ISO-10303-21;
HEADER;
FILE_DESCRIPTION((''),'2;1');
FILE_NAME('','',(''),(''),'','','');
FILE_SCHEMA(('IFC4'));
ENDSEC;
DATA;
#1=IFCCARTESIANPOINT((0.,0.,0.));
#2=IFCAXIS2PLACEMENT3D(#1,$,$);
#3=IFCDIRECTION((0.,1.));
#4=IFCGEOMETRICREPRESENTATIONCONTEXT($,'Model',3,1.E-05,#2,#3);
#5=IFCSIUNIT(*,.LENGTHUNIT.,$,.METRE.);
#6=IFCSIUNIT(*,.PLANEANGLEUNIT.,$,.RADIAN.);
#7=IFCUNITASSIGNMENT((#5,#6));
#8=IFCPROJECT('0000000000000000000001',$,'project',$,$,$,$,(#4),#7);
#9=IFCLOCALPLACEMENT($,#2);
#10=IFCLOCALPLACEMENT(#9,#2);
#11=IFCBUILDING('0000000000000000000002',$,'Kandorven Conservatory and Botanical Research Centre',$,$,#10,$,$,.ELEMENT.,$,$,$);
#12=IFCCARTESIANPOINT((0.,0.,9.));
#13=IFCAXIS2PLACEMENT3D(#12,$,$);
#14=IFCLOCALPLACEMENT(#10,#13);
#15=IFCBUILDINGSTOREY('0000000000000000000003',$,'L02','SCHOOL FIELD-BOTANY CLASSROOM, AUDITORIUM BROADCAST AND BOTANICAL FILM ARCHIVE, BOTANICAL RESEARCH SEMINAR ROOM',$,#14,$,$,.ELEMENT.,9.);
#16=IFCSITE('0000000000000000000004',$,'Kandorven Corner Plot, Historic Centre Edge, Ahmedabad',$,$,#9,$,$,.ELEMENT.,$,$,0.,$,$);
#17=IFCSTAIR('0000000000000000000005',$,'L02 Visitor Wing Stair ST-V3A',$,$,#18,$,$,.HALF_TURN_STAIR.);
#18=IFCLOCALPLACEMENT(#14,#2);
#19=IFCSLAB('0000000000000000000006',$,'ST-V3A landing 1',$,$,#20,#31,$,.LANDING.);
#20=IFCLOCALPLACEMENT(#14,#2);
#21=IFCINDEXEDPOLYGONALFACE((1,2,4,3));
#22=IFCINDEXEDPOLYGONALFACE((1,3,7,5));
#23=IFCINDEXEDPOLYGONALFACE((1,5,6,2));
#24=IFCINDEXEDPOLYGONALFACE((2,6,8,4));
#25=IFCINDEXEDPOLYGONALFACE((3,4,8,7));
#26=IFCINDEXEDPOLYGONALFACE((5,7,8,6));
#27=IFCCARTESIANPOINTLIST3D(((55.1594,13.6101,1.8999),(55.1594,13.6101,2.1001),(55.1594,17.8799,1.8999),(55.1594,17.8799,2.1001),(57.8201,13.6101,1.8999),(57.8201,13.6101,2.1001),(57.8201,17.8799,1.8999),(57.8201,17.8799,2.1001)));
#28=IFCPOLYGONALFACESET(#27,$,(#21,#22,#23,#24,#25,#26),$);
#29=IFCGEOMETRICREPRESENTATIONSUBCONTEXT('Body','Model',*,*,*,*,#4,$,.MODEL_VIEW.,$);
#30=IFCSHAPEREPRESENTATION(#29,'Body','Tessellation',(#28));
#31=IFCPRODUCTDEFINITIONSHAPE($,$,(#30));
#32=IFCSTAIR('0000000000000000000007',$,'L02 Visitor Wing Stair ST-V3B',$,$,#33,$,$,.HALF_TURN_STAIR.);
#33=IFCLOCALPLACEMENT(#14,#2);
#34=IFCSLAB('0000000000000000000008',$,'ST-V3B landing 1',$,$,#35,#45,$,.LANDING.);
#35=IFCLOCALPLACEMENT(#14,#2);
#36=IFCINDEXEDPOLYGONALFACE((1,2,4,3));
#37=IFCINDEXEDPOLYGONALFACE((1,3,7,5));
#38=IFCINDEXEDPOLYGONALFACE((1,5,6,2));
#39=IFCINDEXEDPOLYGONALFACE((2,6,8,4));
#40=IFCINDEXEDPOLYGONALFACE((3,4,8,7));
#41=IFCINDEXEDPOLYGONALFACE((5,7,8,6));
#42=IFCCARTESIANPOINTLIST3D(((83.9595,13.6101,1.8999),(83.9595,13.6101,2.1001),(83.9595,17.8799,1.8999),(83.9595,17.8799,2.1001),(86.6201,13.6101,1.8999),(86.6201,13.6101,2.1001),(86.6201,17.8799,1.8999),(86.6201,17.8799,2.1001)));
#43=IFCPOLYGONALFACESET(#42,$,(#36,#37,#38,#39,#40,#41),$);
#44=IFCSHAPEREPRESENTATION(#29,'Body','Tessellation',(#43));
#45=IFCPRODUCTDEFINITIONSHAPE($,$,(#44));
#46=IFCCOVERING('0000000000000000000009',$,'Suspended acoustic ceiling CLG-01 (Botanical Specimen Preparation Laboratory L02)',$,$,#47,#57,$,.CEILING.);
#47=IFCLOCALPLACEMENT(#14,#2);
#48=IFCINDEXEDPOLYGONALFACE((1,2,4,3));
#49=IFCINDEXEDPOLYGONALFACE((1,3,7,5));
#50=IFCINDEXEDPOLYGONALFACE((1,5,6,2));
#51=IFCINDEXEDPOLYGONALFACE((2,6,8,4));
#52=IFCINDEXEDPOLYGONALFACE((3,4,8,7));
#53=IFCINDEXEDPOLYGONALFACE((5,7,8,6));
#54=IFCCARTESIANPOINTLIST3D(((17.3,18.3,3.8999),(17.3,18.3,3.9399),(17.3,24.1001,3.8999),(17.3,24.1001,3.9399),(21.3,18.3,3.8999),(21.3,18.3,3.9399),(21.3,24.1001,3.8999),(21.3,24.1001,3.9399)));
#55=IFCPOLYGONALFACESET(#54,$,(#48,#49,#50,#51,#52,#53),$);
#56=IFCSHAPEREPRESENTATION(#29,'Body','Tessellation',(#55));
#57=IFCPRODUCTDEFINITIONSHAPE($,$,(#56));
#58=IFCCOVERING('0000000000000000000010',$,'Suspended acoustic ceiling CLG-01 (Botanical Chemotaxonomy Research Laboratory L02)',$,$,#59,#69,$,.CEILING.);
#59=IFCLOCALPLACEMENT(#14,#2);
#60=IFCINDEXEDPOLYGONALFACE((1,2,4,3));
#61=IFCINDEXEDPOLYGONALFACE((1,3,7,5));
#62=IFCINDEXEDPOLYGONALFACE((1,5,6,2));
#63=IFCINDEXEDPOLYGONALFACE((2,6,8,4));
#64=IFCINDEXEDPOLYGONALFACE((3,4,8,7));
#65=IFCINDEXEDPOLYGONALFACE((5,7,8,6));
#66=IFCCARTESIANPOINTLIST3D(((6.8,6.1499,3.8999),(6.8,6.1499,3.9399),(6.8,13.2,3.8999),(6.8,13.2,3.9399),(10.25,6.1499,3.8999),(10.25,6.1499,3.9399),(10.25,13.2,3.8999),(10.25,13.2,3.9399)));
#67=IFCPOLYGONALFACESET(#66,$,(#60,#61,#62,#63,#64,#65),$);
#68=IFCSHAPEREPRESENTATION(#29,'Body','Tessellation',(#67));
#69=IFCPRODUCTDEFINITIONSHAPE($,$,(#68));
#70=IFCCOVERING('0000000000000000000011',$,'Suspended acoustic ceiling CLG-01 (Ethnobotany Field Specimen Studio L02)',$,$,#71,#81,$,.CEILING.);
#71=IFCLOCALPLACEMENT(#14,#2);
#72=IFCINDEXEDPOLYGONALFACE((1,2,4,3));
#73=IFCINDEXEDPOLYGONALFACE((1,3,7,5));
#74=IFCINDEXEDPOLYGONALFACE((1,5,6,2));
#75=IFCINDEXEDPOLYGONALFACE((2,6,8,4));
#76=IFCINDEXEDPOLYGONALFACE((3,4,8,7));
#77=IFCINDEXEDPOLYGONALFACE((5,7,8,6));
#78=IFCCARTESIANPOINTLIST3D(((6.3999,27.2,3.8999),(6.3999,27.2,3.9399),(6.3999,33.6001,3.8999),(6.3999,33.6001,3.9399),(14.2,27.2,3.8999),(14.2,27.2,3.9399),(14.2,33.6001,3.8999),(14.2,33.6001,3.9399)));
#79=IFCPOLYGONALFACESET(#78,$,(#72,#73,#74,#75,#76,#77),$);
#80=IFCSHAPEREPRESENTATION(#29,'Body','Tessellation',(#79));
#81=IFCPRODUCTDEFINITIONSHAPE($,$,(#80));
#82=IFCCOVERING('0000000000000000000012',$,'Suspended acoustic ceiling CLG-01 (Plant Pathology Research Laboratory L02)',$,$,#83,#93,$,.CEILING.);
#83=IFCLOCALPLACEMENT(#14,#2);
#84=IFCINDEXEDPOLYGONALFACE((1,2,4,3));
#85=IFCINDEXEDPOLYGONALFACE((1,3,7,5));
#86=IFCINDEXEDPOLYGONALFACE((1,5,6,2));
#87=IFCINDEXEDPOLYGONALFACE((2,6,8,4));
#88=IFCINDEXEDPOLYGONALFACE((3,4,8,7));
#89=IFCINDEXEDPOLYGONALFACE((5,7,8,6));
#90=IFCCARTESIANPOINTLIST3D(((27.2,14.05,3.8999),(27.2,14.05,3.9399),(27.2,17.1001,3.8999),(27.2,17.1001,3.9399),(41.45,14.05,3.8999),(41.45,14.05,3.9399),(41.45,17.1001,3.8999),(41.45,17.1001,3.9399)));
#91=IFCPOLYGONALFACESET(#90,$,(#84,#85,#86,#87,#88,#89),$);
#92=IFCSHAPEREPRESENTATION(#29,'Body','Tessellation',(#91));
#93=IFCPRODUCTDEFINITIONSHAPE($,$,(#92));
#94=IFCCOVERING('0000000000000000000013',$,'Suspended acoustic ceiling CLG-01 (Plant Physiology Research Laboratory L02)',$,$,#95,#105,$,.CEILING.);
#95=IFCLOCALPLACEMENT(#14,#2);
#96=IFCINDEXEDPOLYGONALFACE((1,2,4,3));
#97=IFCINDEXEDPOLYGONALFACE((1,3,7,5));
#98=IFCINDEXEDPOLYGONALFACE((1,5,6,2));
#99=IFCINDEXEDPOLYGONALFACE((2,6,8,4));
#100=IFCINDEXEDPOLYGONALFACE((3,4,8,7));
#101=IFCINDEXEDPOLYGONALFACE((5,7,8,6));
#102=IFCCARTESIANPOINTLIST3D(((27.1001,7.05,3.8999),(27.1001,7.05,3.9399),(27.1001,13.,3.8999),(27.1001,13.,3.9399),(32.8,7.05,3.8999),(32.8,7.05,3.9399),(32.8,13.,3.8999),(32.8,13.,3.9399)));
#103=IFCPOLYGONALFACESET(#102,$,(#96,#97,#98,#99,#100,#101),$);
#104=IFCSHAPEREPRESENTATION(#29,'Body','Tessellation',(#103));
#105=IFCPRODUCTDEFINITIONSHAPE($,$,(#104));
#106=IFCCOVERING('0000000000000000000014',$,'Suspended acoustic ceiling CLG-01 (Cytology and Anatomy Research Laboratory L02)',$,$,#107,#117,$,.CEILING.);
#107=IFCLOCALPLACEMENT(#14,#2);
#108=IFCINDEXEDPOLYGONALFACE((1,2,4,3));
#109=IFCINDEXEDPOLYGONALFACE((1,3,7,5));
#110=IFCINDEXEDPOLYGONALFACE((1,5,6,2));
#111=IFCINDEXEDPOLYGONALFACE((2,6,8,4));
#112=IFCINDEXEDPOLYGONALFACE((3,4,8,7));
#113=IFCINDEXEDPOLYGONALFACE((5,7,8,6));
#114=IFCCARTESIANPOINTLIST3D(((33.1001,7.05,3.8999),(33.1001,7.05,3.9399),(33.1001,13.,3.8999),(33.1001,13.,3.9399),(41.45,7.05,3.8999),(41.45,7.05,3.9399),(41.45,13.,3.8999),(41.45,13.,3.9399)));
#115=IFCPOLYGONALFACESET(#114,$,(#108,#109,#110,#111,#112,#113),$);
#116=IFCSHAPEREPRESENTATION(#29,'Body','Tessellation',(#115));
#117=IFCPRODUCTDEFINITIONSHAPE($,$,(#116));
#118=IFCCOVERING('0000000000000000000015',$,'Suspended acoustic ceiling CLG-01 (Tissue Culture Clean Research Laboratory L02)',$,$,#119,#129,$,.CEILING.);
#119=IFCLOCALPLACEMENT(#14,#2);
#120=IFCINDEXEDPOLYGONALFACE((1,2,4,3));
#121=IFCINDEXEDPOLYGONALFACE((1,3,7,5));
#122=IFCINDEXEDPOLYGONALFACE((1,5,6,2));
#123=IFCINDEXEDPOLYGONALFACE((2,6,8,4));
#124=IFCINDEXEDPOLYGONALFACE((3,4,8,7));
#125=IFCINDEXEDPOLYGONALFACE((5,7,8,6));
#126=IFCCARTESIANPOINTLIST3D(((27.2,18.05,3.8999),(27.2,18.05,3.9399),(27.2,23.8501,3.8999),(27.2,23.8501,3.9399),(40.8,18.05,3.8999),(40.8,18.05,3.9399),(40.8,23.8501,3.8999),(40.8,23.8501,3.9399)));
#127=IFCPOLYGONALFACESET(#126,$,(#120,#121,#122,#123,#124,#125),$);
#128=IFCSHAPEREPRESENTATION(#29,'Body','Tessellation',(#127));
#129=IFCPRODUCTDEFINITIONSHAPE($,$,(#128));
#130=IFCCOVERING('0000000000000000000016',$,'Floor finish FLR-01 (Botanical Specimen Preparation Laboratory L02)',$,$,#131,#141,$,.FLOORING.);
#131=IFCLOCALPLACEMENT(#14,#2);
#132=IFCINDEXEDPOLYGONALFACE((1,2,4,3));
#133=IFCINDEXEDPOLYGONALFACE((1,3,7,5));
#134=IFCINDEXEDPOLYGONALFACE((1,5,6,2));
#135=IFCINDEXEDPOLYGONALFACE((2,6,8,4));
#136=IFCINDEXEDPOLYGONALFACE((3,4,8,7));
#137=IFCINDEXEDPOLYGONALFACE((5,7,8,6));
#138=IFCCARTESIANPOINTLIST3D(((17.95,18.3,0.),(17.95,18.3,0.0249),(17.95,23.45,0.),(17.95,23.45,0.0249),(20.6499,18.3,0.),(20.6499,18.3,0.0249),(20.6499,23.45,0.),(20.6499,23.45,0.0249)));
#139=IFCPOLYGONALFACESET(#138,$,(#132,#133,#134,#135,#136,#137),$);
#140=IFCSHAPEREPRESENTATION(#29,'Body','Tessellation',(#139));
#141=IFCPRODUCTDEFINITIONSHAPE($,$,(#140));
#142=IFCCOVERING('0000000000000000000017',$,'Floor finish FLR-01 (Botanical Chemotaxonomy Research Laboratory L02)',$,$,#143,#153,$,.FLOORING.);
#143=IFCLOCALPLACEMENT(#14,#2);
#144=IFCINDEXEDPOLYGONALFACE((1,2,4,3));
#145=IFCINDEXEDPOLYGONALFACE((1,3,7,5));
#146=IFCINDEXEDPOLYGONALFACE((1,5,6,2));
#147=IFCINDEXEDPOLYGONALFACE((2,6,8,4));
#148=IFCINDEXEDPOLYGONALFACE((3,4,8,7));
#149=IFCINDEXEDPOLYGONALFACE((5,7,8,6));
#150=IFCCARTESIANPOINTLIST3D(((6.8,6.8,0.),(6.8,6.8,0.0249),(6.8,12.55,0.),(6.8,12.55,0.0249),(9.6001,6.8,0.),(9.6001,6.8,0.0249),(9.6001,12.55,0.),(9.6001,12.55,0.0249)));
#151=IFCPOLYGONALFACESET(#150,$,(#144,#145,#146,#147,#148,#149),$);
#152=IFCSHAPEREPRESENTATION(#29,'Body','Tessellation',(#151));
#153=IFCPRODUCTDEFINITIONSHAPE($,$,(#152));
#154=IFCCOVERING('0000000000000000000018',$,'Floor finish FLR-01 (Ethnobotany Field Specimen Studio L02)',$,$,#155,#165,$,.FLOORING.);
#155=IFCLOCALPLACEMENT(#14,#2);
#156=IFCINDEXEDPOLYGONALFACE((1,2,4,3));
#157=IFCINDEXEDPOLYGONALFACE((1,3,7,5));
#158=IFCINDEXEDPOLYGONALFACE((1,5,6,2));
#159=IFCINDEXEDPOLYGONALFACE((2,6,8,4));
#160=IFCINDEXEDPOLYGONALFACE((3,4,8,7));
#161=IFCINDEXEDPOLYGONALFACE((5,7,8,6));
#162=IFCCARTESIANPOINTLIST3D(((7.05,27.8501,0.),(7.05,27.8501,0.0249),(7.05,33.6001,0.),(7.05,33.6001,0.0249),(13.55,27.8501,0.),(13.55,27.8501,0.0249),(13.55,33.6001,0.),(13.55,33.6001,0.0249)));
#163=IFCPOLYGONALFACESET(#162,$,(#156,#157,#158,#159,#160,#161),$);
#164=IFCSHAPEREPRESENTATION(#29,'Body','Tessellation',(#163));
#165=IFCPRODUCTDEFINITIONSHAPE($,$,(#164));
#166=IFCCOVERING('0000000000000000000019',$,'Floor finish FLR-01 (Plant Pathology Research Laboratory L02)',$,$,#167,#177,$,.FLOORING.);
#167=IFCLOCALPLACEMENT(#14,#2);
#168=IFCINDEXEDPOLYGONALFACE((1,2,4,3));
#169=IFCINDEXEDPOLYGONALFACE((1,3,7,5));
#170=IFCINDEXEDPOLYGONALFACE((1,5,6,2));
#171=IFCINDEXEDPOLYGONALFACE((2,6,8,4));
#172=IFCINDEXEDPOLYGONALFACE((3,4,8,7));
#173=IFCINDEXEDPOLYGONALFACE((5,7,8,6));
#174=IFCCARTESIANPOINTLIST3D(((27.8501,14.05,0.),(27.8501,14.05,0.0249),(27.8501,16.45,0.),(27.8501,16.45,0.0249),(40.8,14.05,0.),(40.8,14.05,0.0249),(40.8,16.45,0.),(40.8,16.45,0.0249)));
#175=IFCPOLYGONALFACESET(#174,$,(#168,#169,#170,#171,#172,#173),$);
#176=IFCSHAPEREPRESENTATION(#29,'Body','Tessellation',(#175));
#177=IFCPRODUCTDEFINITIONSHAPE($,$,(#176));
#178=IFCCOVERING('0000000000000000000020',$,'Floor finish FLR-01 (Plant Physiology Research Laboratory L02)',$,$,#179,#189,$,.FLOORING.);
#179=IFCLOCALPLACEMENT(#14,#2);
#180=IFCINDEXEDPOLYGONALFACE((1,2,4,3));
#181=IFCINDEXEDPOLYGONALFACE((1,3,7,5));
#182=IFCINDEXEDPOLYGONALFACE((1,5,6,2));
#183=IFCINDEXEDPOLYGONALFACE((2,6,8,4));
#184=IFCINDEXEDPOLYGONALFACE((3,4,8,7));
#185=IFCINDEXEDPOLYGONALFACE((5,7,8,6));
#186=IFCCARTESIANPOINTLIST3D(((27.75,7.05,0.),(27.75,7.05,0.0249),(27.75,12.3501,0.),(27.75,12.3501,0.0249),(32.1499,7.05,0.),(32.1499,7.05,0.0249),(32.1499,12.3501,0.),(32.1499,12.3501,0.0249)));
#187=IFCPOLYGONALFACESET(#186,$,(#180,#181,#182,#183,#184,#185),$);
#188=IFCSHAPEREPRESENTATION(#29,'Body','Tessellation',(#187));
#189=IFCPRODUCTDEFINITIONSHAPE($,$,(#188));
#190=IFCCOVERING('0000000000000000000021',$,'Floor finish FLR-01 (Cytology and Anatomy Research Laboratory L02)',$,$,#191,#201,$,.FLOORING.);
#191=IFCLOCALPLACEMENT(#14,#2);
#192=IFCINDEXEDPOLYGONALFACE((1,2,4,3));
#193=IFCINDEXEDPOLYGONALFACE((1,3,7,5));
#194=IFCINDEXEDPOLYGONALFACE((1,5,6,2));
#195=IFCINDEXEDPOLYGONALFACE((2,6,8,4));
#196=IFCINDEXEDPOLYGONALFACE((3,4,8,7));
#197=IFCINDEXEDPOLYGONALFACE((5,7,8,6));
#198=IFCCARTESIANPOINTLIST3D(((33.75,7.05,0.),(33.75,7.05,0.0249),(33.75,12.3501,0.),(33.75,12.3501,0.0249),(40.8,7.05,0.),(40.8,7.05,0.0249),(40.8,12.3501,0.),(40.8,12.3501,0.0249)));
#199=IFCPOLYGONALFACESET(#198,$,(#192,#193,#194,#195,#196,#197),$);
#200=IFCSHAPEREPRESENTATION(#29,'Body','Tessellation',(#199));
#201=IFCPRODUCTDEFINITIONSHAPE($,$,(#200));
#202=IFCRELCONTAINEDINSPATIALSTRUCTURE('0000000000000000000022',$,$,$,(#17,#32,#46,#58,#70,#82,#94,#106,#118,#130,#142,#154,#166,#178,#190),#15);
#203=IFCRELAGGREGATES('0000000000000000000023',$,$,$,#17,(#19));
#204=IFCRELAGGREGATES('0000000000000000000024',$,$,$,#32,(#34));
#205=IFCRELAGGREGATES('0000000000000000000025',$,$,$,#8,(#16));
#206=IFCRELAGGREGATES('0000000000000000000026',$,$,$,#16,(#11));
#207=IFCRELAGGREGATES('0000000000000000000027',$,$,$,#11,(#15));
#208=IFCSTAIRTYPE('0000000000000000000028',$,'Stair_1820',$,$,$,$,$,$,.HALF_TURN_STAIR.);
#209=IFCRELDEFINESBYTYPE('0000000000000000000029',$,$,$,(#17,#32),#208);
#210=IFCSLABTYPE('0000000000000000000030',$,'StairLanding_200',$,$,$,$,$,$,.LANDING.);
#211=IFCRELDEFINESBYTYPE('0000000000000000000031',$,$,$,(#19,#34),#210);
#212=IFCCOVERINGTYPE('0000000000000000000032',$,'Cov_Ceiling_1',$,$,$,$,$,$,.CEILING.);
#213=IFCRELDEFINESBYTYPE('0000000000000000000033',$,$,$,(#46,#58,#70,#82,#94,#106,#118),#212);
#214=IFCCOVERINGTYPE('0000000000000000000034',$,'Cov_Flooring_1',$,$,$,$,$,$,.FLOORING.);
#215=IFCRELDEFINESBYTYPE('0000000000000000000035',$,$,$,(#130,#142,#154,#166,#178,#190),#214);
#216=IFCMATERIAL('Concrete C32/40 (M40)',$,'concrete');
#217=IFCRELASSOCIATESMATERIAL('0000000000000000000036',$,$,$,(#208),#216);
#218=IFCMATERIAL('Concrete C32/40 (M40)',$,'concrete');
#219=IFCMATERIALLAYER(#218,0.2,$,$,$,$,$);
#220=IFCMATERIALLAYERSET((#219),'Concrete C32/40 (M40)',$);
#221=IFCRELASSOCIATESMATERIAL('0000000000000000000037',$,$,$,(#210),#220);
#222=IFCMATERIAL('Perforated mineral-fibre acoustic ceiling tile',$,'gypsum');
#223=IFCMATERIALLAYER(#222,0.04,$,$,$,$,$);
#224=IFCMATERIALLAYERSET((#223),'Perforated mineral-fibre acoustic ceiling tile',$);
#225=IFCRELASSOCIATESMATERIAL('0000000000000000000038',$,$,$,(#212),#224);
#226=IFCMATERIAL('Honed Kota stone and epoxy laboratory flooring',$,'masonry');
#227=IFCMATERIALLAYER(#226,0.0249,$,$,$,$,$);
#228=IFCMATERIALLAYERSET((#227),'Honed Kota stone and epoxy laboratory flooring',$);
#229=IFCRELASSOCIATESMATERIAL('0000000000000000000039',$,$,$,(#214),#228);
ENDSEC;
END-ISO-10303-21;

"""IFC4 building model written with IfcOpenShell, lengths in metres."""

from ifc_helpers import new_model, si_unit, direction, frame, origin, place, context, subcontext, project, spatial, polyline, outline, extrude, material, layer, layer_set, type_object, element, aggregate, save


model = new_model("IFC4")

# Units and contexts
model_context = context("Model", 3, precision=1e-05, world=origin(), true_north=direction((0.0, 1.0)))
body_context = subcontext(model_context, "Body", "Model", "MODEL_VIEW")
ifc_project = project(units=[si_unit("LENGTHUNIT", "METRE"), si_unit("PLANEANGLEUNIT", "RADIAN")], contexts=[model_context])

# Site, building, storey
site_placement = place(None, origin())
site = spatial("IfcSite", under=ifc_project, at=site_placement, Name="Kandorven Corner Plot, Historic Centre Edge, Ahmedabad", CompositionType="ELEMENT", RefElevation=0.0)
building_placement = place(site_placement, origin())
building = spatial("IfcBuilding", under=site, at=building_placement, Name="Kandorven Conservatory and Botanical Research Centre", CompositionType="ELEMENT")
storey_placement = place(building_placement, frame((0.0, 0.0, 9.0)))
storey = spatial("IfcBuildingStorey", under=building, at=storey_placement, Name="L02", Description="SCHOOL FIELD-BOTANY CLASSROOM, AUDITORIUM BROADCAST AND BOTANICAL FILM ARCHIVE, BOTANICAL RESEARCH SEMINAR ROOM", CompositionType="ELEMENT", Elevation=9.0)

# Stairs, slabs
ifc_material_1 = material(Name="Concrete C32/40 (M40)", Category="concrete")
stair_type = type_object("IfcStairType", Name="Stair_1820", PredefinedType="HALF_TURN_STAIR", material=ifc_material_1)
ifc_material_2 = material(Name="Concrete C32/40 (M40)", Category="concrete")
ifc_layer_1 = layer(ifc_material_2, 0.2)
ifc_layer_set_1 = layer_set([ifc_layer_1], Name="Concrete C32/40 (M40)")
slab_type_1 = type_object("IfcSlabType", Name="StairLanding_200", PredefinedType="LANDING", material=ifc_layer_set_1)
stair_1_placement = place(storey_placement, origin())
stair_1 = element("IfcStair", 1, at=stair_1_placement, inside=storey, type_object=stair_type, Name="L02 Visitor Wing Stair ST-V3A", PredefinedType="HALF_TURN_STAIR")
slab_1_placement = place(storey_placement, frame((0.0, 0.0, 1.8999)))
slab_1 = element("IfcSlab", 2, at=slab_1_placement, type_object=slab_type_1, Name="ST-V3A landing 1", PredefinedType="LANDING", context=body_context, shape_type="SweptSolid", body=[
    extrude(outline(polyline([(55.1594, 13.6101), (57.8201, 13.6101), (57.8201, 17.8799), (55.1594, 17.8799), (55.1594, 13.6101)])), origin(), (0.0, 0.0, 1.0), 0.2002),
])
aggregate(stair_1, [slab_1])
stair_2_placement = place(storey_placement, origin())
stair_2 = element("IfcStair", 3, at=stair_2_placement, inside=storey, type_object=stair_type, Name="L02 Visitor Wing Stair ST-V3B", PredefinedType="HALF_TURN_STAIR")
slab_2_placement = place(storey_placement, frame((0.0, 0.0, 1.8999)))
slab_2 = element("IfcSlab", 4, at=slab_2_placement, type_object=slab_type_1, Name="ST-V3B landing 1", PredefinedType="LANDING", context=body_context, shape_type="SweptSolid", body=[
    extrude(outline(polyline([(83.9595, 13.6101), (86.6201, 13.6101), (86.6201, 17.8799), (83.9595, 17.8799), (83.9595, 13.6101)])), origin(), (0.0, 0.0, 1.0), 0.2002),
])
aggregate(stair_2, [slab_2])

# Coverings
ifc_material_3 = material(Name="Perforated mineral-fibre acoustic ceiling tile", Category="gypsum")
ifc_layer_2 = layer(ifc_material_3, 0.04)
ifc_layer_set_2 = layer_set([ifc_layer_2], Name="Perforated mineral-fibre acoustic ceiling tile")
covering_type_1 = type_object("IfcCoveringType", Name="Cov_Ceiling_1", PredefinedType="CEILING", material=ifc_layer_set_2)
covering_1_placement = place(storey_placement, frame((0.0, 0.0, 3.8999)))
element("IfcCovering", 5, at=covering_1_placement, inside=storey, type_object=covering_type_1, Name="Suspended acoustic ceiling CLG-01 (Botanical Specimen Preparation Laboratory L02)", PredefinedType="CEILING", context=body_context, shape_type="SweptSolid", body=[
    extrude(outline(polyline([(17.3, 18.3), (21.3, 18.3), (21.3, 24.1001), (17.3, 24.1001), (17.3, 18.3)])), origin(), (0.0, 0.0, 1.0), 0.04),
])
covering_2_placement = place(storey_placement, frame((0.0, 0.0, 3.8999)))
element("IfcCovering", 6, at=covering_2_placement, inside=storey, type_object=covering_type_1, Name="Suspended acoustic ceiling CLG-01 (Botanical Chemotaxonomy Research Laboratory L02)", PredefinedType="CEILING", context=body_context, shape_type="SweptSolid", body=[
    extrude(outline(polyline([(6.8, 6.1499), (10.25, 6.1499), (10.25, 13.2), (6.8, 13.2), (6.8, 6.1499)])), origin(), (0.0, 0.0, 1.0), 0.04),
])
covering_3_placement = place(storey_placement, frame((0.0, 0.0, 3.8999)))
element("IfcCovering", 7, at=covering_3_placement, inside=storey, type_object=covering_type_1, Name="Suspended acoustic ceiling CLG-01 (Ethnobotany Field Specimen Studio L02)", PredefinedType="CEILING", context=body_context, shape_type="SweptSolid", body=[
    extrude(outline(polyline([(6.3999, 27.2), (14.2, 27.2), (14.2, 33.6001), (6.3999, 33.6001), (6.3999, 27.2)])), origin(), (0.0, 0.0, 1.0), 0.04),
])
covering_4_placement = place(storey_placement, frame((0.0, 0.0, 3.8999)))
element("IfcCovering", 8, at=covering_4_placement, inside=storey, type_object=covering_type_1, Name="Suspended acoustic ceiling CLG-01 (Plant Pathology Research Laboratory L02)", PredefinedType="CEILING", context=body_context, shape_type="SweptSolid", body=[
    extrude(outline(polyline([(27.2, 14.05), (41.45, 14.05), (41.45, 17.1001), (27.2, 17.1001), (27.2, 14.05)])), origin(), (0.0, 0.0, 1.0), 0.04),
])
covering_5_placement = place(storey_placement, frame((0.0, 0.0, 3.8999)))
element("IfcCovering", 9, at=covering_5_placement, inside=storey, type_object=covering_type_1, Name="Suspended acoustic ceiling CLG-01 (Plant Physiology Research Laboratory L02)", PredefinedType="CEILING", context=body_context, shape_type="SweptSolid", body=[
    extrude(outline(polyline([(27.1001, 7.05), (32.8, 7.05), (32.8, 13.0), (27.1001, 13.0), (27.1001, 7.05)])), origin(), (0.0, 0.0, 1.0), 0.04),
])
covering_6_placement = place(storey_placement, frame((0.0, 0.0, 3.8999)))
element("IfcCovering", 10, at=covering_6_placement, inside=storey, type_object=covering_type_1, Name="Suspended acoustic ceiling CLG-01 (Cytology and Anatomy Research Laboratory L02)", PredefinedType="CEILING", context=body_context, shape_type="SweptSolid", body=[
    extrude(outline(polyline([(33.1001, 7.05), (41.45, 7.05), (41.45, 13.0), (33.1001, 13.0), (33.1001, 7.05)])), origin(), (0.0, 0.0, 1.0), 0.04),
])
covering_7_placement = place(storey_placement, frame((0.0, 0.0, 3.8999)))
element("IfcCovering", 11, at=covering_7_placement, inside=storey, type_object=covering_type_1, Name="Suspended acoustic ceiling CLG-01 (Tissue Culture Clean Research Laboratory L02)", PredefinedType="CEILING", context=body_context, shape_type="SweptSolid", body=[
    extrude(outline(polyline([(27.2, 18.05), (40.8, 18.05), (40.8, 23.8501), (27.2, 23.8501), (27.2, 18.05)])), origin(), (0.0, 0.0, 1.0), 0.04),
])
ifc_material_4 = material(Name="Honed Kota stone and epoxy laboratory flooring", Category="masonry")
ifc_layer_3 = layer(ifc_material_4, 0.0249)
ifc_layer_set_3 = layer_set([ifc_layer_3], Name="Honed Kota stone and epoxy laboratory flooring")
covering_type_2 = type_object("IfcCoveringType", Name="Cov_Flooring_1", PredefinedType="FLOORING", material=ifc_layer_set_3)
covering_8_placement = place(storey_placement, origin())
element("IfcCovering", 12, at=covering_8_placement, inside=storey, type_object=covering_type_2, Name="Floor finish FLR-01 (Botanical Specimen Preparation Laboratory L02)", PredefinedType="FLOORING", context=body_context, shape_type="SweptSolid", body=[
    extrude(outline(polyline([(17.95, 18.3), (20.6499, 18.3), (20.6499, 23.45), (17.95, 23.45), (17.95, 18.3)])), origin(), (0.0, 0.0, 1.0), 0.0249),
])
covering_9_placement = place(storey_placement, origin())
element("IfcCovering", 13, at=covering_9_placement, inside=storey, type_object=covering_type_2, Name="Floor finish FLR-01 (Botanical Chemotaxonomy Research Laboratory L02)", PredefinedType="FLOORING", context=body_context, shape_type="SweptSolid", body=[
    extrude(outline(polyline([(6.8, 6.8), (9.6001, 6.8), (9.6001, 12.55), (6.8, 12.55), (6.8, 6.8)])), origin(), (0.0, 0.0, 1.0), 0.0249),
])
covering_10_placement = place(storey_placement, origin())
element("IfcCovering", 14, at=covering_10_placement, inside=storey, type_object=covering_type_2, Name="Floor finish FLR-01 (Ethnobotany Field Specimen Studio L02)", PredefinedType="FLOORING", context=body_context, shape_type="SweptSolid", body=[
    extrude(outline(polyline([(7.05, 27.8501), (13.55, 27.8501), (13.55, 33.6001), (7.05, 33.6001), (7.05, 27.8501)])), origin(), (0.0, 0.0, 1.0), 0.0249),
])
covering_11_placement = place(storey_placement, origin())
element("IfcCovering", 15, at=covering_11_placement, inside=storey, type_object=covering_type_2, Name="Floor finish FLR-01 (Plant Pathology Research Laboratory L02)", PredefinedType="FLOORING", context=body_context, shape_type="SweptSolid", body=[
    extrude(outline(polyline([(27.8501, 14.05), (40.8, 14.05), (40.8, 16.45), (27.8501, 16.45), (27.8501, 14.05)])), origin(), (0.0, 0.0, 1.0), 0.0249),
])
covering_12_placement = place(storey_placement, origin())
element("IfcCovering", 16, at=covering_12_placement, inside=storey, type_object=covering_type_2, Name="Floor finish FLR-01 (Plant Physiology Research Laboratory L02)", PredefinedType="FLOORING", context=body_context, shape_type="SweptSolid", body=[
    extrude(outline(polyline([(27.75, 7.05), (32.1499, 7.05), (32.1499, 12.3501), (27.75, 12.3501), (27.75, 7.05)])), origin(), (0.0, 0.0, 1.0), 0.0249),
])
covering_13_placement = place(storey_placement, origin())
element("IfcCovering", 17, at=covering_13_placement, inside=storey, type_object=covering_type_2, Name="Floor finish FLR-01 (Cytology and Anatomy Research Laboratory L02)", PredefinedType="FLOORING", context=body_context, shape_type="SweptSolid", body=[
    extrude(outline(polyline([(33.75, 7.05), (40.8, 7.05), (40.8, 12.3501), (33.75, 12.3501), (33.75, 7.05)])), origin(), (0.0, 0.0, 1.0), 0.0249),
])

save(model, "model.ifc")
